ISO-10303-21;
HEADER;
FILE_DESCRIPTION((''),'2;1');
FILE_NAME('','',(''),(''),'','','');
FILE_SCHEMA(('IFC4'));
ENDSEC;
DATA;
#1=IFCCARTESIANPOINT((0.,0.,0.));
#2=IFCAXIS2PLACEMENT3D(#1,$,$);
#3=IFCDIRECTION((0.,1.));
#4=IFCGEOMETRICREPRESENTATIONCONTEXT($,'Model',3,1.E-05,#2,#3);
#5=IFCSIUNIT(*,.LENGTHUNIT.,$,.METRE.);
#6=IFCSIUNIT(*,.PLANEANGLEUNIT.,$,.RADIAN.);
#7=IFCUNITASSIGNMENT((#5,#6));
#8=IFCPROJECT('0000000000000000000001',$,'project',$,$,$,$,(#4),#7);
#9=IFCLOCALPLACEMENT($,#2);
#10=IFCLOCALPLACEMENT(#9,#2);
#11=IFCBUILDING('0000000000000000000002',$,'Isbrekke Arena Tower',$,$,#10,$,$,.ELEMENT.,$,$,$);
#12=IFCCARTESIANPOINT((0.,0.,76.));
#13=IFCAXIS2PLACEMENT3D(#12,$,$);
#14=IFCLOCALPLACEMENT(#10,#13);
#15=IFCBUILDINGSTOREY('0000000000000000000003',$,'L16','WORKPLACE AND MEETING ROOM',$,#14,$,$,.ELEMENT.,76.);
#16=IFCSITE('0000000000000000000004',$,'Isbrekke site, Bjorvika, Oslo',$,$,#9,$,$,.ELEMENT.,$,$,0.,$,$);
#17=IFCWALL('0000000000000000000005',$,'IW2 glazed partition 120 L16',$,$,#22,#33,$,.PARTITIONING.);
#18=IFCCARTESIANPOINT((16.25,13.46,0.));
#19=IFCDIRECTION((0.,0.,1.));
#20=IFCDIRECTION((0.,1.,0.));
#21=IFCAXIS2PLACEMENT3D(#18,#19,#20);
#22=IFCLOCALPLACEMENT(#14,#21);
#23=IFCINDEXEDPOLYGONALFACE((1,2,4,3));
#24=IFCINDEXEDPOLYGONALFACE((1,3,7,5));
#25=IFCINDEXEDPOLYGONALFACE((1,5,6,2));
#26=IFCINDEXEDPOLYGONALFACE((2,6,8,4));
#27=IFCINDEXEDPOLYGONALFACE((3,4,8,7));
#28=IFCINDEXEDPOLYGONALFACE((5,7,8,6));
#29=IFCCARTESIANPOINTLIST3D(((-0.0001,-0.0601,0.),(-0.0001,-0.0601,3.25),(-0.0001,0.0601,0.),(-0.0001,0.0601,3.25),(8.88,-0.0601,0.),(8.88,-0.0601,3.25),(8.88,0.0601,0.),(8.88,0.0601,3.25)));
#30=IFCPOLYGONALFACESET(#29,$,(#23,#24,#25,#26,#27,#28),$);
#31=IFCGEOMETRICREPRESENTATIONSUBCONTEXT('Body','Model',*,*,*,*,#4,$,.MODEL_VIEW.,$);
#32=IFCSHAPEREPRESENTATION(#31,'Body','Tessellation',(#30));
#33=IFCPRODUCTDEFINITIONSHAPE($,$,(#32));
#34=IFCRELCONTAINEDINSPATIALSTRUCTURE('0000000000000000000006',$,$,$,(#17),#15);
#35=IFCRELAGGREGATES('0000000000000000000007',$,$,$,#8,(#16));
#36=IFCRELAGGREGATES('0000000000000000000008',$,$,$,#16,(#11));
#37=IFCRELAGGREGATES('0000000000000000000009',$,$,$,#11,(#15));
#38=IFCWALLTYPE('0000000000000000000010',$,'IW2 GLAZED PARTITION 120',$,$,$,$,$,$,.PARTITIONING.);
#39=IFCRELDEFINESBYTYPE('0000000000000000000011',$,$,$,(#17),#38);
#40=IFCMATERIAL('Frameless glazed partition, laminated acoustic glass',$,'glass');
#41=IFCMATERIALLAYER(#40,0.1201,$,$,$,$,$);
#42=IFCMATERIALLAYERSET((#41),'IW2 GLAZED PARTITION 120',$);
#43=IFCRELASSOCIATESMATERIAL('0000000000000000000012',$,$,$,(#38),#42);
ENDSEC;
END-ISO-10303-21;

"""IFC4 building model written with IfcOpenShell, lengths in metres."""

from ifc_helpers import new_model, si_unit, direction, frame, frame_2d, origin, place, context, subcontext, project, spatial, rectangle, extrude, material, layer, layer_set, type_object, element, save


model = new_model("IFC4")

# Units and contexts
model_context = context("Model", 3, precision=1e-05, world=origin(), true_north=direction((0.0, 1.0)))
body_context = subcontext(model_context, "Body", "Model", "MODEL_VIEW")
ifc_project = project(units=[si_unit("LENGTHUNIT", "METRE"), si_unit("PLANEANGLEUNIT", "RADIAN")], contexts=[model_context])

# Site, building, storey
site_placement = place(None, origin())
site = spatial("IfcSite", under=ifc_project, at=site_placement, Name="Isbrekke site, Bjorvika, Oslo", CompositionType="ELEMENT", RefElevation=0.0)
building_placement = place(site_placement, origin())
building = spatial("IfcBuilding", under=site, at=building_placement, Name="Isbrekke Arena Tower", CompositionType="ELEMENT")
storey_placement = place(building_placement, frame((0.0, 0.0, 76.0)))
storey = spatial("IfcBuildingStorey", under=building, at=storey_placement, Name="L16", Description="WORKPLACE AND MEETING ROOM", CompositionType="ELEMENT", Elevation=76.0)

# Wall
ifc_material_1 = material(Name="Frameless glazed partition, laminated acoustic glass", Category="glass")
ifc_layer_1 = layer(ifc_material_1, 0.1201)
ifc_layer_set_1 = layer_set([ifc_layer_1], Name="IW2 GLAZED PARTITION 120")
wall_type_1 = type_object("IfcWallType", Name="IW2 GLAZED PARTITION 120", PredefinedType="PARTITIONING", material=ifc_layer_set_1)
wall_1_placement = place(storey_placement, frame((16.25, 13.46, 0.0), z_axis=(0.0, 0.0, 1.0), x_axis=(0.0, 1.0, 0.0)))
element("IfcWall", 1, at=wall_1_placement, inside=storey, type_object=wall_type_1, Name="IW2 glazed partition 120 L16", PredefinedType="PARTITIONING", context=body_context, shape_type="SweptSolid", body=[
    extrude(rectangle(XDim=8.8801, YDim=0.1201, at=frame_2d((4.4399, 0.0))), origin(), (0.0, 0.0, 1.0), 3.25),
])

save(model, "model.ifc")
